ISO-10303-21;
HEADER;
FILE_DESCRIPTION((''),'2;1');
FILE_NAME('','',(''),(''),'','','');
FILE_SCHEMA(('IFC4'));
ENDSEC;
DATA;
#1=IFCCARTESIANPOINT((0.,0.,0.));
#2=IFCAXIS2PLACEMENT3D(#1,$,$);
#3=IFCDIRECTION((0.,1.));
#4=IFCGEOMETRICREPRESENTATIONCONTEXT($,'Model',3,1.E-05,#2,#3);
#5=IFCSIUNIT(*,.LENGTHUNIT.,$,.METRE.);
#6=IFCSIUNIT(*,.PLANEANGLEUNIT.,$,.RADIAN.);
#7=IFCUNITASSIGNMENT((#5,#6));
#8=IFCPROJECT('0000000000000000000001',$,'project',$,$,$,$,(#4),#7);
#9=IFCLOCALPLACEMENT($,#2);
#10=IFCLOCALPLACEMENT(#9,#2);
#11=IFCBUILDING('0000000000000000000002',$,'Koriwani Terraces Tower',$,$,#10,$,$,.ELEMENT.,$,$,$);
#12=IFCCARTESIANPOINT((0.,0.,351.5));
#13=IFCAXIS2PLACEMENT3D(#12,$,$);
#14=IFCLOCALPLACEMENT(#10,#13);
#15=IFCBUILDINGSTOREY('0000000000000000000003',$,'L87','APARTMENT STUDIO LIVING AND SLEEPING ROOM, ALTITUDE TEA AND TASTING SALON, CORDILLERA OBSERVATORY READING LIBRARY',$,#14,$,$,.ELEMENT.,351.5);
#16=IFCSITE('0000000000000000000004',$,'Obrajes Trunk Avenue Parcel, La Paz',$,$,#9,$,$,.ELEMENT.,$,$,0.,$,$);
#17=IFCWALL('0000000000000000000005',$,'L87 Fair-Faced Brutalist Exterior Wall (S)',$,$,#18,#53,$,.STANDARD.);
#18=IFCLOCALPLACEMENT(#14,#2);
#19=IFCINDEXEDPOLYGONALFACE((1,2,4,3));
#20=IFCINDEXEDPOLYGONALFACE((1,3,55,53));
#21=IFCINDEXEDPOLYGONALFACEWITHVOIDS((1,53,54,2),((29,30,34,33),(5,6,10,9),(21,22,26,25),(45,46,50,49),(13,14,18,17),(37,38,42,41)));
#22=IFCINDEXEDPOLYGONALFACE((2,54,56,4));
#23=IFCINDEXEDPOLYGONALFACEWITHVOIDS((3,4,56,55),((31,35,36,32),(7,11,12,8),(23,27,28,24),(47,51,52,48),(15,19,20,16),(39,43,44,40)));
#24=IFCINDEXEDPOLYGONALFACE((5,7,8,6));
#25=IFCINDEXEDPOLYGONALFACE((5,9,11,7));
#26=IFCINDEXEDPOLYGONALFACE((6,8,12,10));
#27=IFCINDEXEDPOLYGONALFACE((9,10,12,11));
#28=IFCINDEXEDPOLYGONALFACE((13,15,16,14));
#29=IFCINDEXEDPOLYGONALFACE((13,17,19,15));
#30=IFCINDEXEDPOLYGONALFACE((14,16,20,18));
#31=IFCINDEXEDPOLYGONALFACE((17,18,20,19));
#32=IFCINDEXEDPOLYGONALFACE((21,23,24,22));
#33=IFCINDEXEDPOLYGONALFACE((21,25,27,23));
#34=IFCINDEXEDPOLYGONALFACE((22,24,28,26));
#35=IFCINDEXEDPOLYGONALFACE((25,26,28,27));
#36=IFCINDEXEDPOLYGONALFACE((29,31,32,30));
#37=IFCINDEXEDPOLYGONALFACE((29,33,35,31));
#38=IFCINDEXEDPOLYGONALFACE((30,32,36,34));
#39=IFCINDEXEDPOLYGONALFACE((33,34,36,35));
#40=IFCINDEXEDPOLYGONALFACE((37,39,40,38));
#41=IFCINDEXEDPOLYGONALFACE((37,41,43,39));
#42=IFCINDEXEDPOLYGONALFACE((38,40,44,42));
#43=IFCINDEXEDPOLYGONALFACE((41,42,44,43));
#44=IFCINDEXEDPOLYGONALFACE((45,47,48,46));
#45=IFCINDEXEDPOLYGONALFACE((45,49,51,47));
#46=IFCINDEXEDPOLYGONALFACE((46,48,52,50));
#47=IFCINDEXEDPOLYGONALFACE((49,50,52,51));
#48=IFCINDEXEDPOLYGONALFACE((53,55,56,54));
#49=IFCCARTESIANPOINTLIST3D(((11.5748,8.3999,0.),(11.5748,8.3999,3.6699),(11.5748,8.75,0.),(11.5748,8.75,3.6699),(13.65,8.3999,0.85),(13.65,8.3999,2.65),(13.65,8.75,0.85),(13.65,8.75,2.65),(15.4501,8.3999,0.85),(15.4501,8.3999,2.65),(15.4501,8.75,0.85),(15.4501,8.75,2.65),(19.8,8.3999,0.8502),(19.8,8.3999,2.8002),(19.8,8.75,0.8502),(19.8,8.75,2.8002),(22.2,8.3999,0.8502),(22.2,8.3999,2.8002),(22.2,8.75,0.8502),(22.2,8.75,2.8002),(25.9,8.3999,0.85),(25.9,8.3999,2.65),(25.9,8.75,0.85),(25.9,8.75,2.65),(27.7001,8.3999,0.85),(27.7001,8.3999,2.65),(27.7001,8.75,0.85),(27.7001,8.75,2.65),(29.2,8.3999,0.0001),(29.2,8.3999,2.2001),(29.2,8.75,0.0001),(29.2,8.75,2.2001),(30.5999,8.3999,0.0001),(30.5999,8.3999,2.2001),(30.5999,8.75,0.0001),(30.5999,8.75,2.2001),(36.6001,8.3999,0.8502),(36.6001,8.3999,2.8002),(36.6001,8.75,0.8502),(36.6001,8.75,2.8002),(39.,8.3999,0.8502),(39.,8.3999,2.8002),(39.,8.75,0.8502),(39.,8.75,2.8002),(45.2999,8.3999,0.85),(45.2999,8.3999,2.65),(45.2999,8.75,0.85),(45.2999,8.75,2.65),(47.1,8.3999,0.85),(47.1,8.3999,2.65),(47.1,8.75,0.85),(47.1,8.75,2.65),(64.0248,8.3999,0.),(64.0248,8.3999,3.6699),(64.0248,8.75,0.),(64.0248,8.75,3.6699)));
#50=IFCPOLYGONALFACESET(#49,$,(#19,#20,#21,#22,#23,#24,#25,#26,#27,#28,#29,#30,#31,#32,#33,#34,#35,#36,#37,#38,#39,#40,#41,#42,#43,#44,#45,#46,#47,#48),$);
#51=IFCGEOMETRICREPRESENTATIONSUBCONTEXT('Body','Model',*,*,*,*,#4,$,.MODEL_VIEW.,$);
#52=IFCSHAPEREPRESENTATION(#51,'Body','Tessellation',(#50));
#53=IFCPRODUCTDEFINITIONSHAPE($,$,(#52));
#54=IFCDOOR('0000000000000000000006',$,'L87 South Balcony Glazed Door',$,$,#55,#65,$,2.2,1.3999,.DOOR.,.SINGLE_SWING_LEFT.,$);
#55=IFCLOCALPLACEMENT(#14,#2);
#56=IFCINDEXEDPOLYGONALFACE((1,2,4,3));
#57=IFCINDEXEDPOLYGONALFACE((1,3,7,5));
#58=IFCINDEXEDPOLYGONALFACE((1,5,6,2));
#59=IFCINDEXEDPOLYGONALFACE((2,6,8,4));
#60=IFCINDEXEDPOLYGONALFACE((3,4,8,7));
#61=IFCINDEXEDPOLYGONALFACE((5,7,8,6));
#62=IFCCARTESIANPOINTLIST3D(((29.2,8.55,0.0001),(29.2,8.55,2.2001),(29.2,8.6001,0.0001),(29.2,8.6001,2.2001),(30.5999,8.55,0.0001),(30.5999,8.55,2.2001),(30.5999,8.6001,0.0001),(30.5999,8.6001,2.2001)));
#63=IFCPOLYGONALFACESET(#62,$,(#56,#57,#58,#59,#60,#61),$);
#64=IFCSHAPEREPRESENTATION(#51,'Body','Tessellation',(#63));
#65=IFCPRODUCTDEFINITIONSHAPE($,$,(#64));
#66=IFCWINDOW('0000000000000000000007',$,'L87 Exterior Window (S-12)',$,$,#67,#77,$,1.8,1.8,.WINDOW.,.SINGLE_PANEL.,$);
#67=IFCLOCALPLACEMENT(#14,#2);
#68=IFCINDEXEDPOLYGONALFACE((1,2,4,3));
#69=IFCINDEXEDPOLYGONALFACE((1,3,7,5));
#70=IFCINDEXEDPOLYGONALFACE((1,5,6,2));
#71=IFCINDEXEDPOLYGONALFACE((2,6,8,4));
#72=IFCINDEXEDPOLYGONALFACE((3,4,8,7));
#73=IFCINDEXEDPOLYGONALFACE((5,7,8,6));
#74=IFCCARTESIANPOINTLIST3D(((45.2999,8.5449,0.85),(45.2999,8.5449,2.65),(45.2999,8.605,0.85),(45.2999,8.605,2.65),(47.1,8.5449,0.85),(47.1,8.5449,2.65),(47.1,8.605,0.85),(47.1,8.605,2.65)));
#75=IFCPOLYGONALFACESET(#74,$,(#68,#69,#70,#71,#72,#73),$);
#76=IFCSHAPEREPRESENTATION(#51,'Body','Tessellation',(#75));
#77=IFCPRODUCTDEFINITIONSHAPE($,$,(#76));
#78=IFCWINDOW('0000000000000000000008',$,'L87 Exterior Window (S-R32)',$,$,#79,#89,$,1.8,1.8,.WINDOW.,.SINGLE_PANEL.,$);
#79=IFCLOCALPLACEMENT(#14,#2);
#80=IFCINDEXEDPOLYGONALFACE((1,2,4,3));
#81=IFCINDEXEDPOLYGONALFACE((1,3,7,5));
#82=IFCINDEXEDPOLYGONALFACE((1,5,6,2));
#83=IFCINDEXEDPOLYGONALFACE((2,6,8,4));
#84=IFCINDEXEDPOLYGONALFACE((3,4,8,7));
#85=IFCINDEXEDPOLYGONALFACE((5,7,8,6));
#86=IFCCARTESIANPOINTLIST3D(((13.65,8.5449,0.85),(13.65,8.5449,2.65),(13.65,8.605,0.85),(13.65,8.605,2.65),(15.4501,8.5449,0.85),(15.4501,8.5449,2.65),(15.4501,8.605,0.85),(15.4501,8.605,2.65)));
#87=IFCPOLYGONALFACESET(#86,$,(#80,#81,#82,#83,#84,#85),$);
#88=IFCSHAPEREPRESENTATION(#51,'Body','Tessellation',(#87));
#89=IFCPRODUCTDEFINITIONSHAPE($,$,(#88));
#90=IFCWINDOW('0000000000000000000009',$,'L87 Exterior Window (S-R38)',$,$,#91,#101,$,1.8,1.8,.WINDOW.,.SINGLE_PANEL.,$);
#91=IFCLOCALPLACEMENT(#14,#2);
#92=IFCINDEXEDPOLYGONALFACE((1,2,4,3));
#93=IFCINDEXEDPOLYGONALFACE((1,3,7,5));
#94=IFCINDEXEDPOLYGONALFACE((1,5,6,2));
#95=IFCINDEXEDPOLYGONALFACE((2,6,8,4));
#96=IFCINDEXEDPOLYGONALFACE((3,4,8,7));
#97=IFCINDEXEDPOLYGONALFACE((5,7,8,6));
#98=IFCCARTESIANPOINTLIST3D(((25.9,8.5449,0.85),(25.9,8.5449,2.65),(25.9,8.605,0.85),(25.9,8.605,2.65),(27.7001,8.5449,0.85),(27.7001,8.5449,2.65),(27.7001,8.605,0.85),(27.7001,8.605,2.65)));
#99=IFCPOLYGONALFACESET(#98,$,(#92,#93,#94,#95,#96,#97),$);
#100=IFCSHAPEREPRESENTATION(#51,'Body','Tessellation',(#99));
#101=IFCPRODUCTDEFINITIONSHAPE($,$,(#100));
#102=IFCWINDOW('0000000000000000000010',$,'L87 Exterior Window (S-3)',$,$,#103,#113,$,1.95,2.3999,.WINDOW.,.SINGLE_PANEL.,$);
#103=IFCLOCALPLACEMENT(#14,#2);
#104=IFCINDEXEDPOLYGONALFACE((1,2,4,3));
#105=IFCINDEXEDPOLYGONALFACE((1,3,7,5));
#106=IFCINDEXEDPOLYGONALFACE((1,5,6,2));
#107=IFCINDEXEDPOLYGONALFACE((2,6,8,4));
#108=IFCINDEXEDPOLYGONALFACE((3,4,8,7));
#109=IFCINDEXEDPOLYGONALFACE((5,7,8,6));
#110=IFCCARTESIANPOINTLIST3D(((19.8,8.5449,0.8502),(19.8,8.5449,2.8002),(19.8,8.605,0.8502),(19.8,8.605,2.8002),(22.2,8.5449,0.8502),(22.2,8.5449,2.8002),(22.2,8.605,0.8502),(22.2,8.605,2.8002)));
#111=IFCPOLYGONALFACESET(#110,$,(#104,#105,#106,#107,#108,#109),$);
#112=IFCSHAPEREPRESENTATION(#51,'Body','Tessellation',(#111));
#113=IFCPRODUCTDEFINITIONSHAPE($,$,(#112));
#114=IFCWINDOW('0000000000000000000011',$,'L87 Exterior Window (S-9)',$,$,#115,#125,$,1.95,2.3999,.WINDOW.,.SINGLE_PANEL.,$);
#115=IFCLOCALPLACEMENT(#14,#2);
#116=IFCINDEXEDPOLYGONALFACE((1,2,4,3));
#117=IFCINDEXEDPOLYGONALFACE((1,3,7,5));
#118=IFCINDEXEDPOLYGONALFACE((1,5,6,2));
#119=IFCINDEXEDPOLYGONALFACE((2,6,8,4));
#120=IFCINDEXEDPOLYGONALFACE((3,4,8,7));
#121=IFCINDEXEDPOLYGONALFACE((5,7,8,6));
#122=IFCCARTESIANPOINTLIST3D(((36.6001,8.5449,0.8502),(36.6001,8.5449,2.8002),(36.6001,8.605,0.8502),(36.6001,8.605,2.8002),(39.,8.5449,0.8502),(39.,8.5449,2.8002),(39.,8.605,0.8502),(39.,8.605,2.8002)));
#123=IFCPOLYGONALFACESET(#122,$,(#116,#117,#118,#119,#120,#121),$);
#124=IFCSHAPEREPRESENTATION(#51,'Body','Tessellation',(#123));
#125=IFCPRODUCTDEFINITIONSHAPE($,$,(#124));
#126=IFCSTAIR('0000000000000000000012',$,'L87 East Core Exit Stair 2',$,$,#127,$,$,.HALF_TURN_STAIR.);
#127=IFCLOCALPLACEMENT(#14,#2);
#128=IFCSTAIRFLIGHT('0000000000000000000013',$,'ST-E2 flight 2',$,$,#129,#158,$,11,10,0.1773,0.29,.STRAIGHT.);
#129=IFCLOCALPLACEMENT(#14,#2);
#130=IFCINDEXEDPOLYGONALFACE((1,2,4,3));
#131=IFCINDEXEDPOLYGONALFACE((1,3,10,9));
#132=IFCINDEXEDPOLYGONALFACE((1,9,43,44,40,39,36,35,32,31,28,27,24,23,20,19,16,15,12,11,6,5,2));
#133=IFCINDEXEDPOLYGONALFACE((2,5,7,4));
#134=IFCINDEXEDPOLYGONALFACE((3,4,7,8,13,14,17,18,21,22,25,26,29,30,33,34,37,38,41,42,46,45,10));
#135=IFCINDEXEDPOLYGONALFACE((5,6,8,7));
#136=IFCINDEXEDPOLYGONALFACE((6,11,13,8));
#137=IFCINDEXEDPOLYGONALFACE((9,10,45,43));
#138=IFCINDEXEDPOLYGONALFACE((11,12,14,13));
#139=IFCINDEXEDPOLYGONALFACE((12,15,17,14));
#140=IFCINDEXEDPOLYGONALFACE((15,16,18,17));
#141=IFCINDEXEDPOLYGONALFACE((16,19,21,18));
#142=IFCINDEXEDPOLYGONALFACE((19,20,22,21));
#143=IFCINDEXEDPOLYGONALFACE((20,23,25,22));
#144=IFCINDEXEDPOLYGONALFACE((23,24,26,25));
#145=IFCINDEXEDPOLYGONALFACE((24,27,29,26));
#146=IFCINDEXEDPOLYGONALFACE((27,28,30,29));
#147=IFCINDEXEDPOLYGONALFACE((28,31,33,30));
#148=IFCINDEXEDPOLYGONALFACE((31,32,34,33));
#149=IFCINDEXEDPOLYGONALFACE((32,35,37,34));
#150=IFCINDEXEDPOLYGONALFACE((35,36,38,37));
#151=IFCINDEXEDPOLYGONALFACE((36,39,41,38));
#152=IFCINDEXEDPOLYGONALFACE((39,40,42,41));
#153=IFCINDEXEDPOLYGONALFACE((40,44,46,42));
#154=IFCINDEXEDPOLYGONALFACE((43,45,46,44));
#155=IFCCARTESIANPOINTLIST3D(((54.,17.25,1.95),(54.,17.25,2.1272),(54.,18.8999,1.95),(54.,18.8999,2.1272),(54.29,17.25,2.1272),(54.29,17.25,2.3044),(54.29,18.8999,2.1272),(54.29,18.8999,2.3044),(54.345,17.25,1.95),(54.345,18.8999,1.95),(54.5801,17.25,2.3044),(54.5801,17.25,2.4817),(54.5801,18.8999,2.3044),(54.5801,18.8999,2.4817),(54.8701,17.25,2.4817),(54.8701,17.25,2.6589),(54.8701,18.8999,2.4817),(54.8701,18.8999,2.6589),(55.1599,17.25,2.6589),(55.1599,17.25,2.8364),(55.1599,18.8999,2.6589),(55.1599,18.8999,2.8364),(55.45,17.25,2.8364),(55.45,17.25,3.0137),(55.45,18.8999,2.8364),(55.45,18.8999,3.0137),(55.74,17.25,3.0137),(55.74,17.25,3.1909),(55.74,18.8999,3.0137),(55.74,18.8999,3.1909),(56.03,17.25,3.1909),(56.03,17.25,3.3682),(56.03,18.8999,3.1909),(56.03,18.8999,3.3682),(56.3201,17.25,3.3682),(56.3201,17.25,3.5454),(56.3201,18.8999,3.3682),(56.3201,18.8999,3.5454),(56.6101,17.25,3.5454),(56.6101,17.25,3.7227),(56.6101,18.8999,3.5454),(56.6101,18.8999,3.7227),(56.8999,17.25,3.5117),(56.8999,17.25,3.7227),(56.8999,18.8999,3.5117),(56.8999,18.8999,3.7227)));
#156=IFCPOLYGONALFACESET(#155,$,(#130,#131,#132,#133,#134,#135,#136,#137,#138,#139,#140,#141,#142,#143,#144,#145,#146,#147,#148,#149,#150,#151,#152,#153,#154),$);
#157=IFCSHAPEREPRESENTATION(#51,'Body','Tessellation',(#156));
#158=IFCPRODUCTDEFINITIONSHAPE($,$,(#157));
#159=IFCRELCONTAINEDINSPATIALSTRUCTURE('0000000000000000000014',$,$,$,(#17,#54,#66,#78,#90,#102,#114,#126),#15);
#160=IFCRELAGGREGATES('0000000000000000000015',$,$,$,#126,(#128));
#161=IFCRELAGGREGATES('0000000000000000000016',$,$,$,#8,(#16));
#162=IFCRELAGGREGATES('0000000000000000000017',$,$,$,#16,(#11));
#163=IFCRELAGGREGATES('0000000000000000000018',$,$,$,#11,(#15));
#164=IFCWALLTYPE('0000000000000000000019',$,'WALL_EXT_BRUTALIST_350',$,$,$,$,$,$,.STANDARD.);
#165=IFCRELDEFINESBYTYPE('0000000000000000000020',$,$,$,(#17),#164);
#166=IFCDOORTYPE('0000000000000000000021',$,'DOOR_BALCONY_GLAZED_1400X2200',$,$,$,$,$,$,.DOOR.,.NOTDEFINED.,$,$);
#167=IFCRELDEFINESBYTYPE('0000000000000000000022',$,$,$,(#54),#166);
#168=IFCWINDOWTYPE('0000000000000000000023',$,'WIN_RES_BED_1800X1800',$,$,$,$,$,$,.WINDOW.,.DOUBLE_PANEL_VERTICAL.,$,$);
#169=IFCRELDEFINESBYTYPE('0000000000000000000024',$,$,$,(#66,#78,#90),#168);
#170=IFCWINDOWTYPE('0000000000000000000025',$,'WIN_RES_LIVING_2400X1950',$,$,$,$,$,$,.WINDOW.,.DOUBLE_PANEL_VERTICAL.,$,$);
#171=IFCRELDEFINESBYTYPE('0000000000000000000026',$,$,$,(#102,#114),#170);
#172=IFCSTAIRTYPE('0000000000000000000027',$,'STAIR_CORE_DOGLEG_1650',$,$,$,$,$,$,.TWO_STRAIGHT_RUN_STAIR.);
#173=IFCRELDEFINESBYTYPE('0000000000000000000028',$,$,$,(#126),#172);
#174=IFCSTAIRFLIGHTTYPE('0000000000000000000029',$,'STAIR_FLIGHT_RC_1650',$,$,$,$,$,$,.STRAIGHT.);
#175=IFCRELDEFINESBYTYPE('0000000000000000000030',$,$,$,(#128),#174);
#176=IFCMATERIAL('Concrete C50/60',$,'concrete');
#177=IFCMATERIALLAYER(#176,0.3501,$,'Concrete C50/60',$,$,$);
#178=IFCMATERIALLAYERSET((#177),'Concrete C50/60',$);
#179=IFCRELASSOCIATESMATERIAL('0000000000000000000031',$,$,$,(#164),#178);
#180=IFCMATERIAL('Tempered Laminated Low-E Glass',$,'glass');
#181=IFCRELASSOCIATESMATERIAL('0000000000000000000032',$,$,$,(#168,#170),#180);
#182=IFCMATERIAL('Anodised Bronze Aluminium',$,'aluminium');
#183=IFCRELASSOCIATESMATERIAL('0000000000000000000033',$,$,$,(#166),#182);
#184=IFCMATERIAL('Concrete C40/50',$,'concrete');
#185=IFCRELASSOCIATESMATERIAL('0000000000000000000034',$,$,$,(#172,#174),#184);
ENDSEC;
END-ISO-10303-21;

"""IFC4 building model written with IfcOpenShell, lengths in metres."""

from ifc_helpers import new_model, si_unit, direction, frame, frame_2d, origin, place, context, subcontext, project, spatial, polyline, rectangle, outline, extrude, material, layer, layer_set, type_object, element, fill, aggregate, save


model = new_model("IFC4")

# Units and contexts
model_context = context("Model", 3, precision=1e-05, world=origin(), true_north=direction((0.0, 1.0)))
body_context = subcontext(model_context, "Body", "Model", "MODEL_VIEW")
ifc_project = project(units=[si_unit("LENGTHUNIT", "METRE"), si_unit("PLANEANGLEUNIT", "RADIAN")], contexts=[model_context])

# Site, building, storey
site_placement = place(None, origin())
site = spatial("IfcSite", under=ifc_project, at=site_placement, Name="Obrajes Trunk Avenue Parcel, La Paz", CompositionType="ELEMENT", RefElevation=0.0)
building_placement = place(site_placement, origin())
building = spatial("IfcBuilding", under=site, at=building_placement, Name="Koriwani Terraces Tower", CompositionType="ELEMENT")
storey_placement = place(building_placement, frame((0.0, 0.0, 351.5)))
storey = spatial("IfcBuildingStorey", under=building, at=storey_placement, Name="L87", Description="APARTMENT STUDIO LIVING AND SLEEPING ROOM, ALTITUDE TEA AND TASTING SALON, CORDILLERA OBSERVATORY READING LIBRARY", CompositionType="ELEMENT", Elevation=351.5)

# Shared definitions
ifc_material_1 = material(Name="Concrete C50/60", Category="concrete")

# Shared definitions
ifc_material_2 = material(Name="Concrete C40/50", Category="concrete")

# Shared definitions
ifc_layer_1 = layer(ifc_material_1, 0.3501, Name="Concrete C50/60")
ifc_layer_set_1 = layer_set([ifc_layer_1], Name="Concrete C50/60")
wall_type_1 = type_object("IfcWallType", Name="WALL_EXT_BRUTALIST_350", PredefinedType="STANDARD", material=ifc_layer_set_1)
ifc_material_3 = material(Name="Tempered Laminated Low-E Glass", Category="glass")
window_type_1 = type_object("IfcWindowType", Name="WIN_RES_BED_1800X1800", PartitioningType="DOUBLE_PANEL_VERTICAL", PredefinedType="WINDOW", material=ifc_material_3)

# Wall, openings, door, windows
wall_1_placement = place(storey_placement, frame((64.0249, 8.575, 0.0), z_axis=(0.0, 0.0, 1.0), x_axis=(-1.0, 0.0, 0.0)))
wall_1 = element("IfcWall", 1, at=wall_1_placement, inside=storey, type_object=wall_type_1, Name="L87 Fair-Faced Brutalist Exterior Wall (S)", PredefinedType="STANDARD", context=body_context, shape_type="SweptSolid", body=[
    extrude(rectangle(XDim=52.45, YDim=0.3501, at=frame_2d((26.2251, 0.0))), origin(), (0.0, 0.0, 1.0), 3.6699),
])
opening_1_placement = place(wall_1_placement, frame((33.425, 0.0, 0.0)))
opening_1 = element("IfcOpeningElement", 2, at=opening_1_placement, cuts=wall_1, PredefinedType="OPENING", context=body_context, shape_type="SweptSolid", body=[
    extrude(rectangle(XDim=1.3999, YDim=2.2, at=frame_2d((0.7, 1.1001))), frame((0.0, 0.1851, 0.0), z_axis=(0.0, -1.0, 0.0), x_axis=(1.0, 0.0, 0.0)), (0.0, 0.0, 1.0), 0.3701),
])
opening_2_placement = place(wall_1_placement, frame((41.825, 0.0, 0.8501)))
opening_2 = element("IfcOpeningElement", 3, at=opening_2_placement, cuts=wall_1, PredefinedType="OPENING", context=body_context, shape_type="SweptSolid", body=[
    extrude(rectangle(XDim=2.3999, YDim=1.95, at=frame_2d((1.2, 0.9751))), frame((0.0, 0.1851, 0.0), z_axis=(0.0, -1.0, 0.0), x_axis=(1.0, 0.0, 0.0)), (0.0, 0.0, 1.0), 0.3701),
])
opening_3_placement = place(wall_1_placement, frame((25.0249, 0.0, 0.8501)))
opening_3 = element("IfcOpeningElement", 4, at=opening_3_placement, cuts=wall_1, PredefinedType="OPENING", context=body_context, shape_type="SweptSolid", body=[
    extrude(rectangle(XDim=2.3999, YDim=1.95, at=frame_2d((1.2, 0.9751))), frame((0.0, 0.1851, 0.0), z_axis=(0.0, -1.0, 0.0), x_axis=(1.0, 0.0, 0.0)), (0.0, 0.0, 1.0), 0.3701),
])
opening_4_placement = place(wall_1_placement, frame((16.925, 0.0, 0.8501)))
opening_4 = element("IfcOpeningElement", 5, at=opening_4_placement, cuts=wall_1, PredefinedType="OPENING", context=body_context, shape_type="SweptSolid", body=[
    extrude(rectangle(XDim=1.8, YDim=1.8, at=frame_2d((0.8999, 0.8999))), frame((0.0, 0.1851, 0.0), z_axis=(0.0, -1.0, 0.0), x_axis=(1.0, 0.0, 0.0)), (0.0, 0.0, 1.0), 0.3701),
])
opening_5_placement = place(wall_1_placement, frame((48.575, 0.0, 0.8501)))
opening_5 = element("IfcOpeningElement", 6, at=opening_5_placement, cuts=wall_1, PredefinedType="OPENING", context=body_context, shape_type="SweptSolid", body=[
    extrude(rectangle(XDim=1.8, YDim=1.8, at=frame_2d((0.8999, 0.8999))), frame((0.0, 0.1851, 0.0), z_axis=(0.0, -1.0, 0.0), x_axis=(1.0, 0.0, 0.0)), (0.0, 0.0, 1.0), 0.3701),
])
opening_6_placement = place(wall_1_placement, frame((36.325, 0.0, 0.8501)))
opening_6 = element("IfcOpeningElement", 7, at=opening_6_placement, cuts=wall_1, PredefinedType="OPENING", context=body_context, shape_type="SweptSolid", body=[
    extrude(rectangle(XDim=1.8, YDim=1.8, at=frame_2d((0.8999, 0.8999))), frame((0.0, 0.1851, 0.0), z_axis=(0.0, -1.0, 0.0), x_axis=(1.0, 0.0, 0.0)), (0.0, 0.0, 1.0), 0.3701),
])
ifc_material_4 = material(Name="Anodised Bronze Aluminium", Category="aluminium")
door_type_1 = type_object("IfcDoorType", Name="DOOR_BALCONY_GLAZED_1400X2200", OperationType="NOTDEFINED", PredefinedType="DOOR", material=ifc_material_4)
door_1_placement = place(opening_1_placement, origin())
door_1 = element("IfcDoor", 8, at=door_1_placement, inside=storey, type_object=door_type_1, Name="L87 South Balcony Glazed Door", OperationType="SINGLE_SWING_LEFT", OverallHeight=2.2, OverallWidth=1.3999, PredefinedType="DOOR", context=body_context, shape_type="SweptSolid", body=[
    extrude(rectangle(XDim=1.3999, YDim=2.2, at=frame_2d((0.7, 1.1001))), frame((0.0, 0.0249, 0.0), z_axis=(0.0, -1.0, 0.0), x_axis=(1.0, 0.0, 0.0)), (0.0, 0.0, 1.0), 0.05),
])
fill(opening_1, door_1)
window_1_placement = place(opening_4_placement, origin())
window_1 = element("IfcWindow", 9, at=window_1_placement, inside=storey, type_object=window_type_1, Name="L87 Exterior Window (S-12)", OverallHeight=1.8, OverallWidth=1.8, PartitioningType="SINGLE_PANEL", PredefinedType="WINDOW", context=body_context, shape_type="SweptSolid", body=[
    extrude(rectangle(XDim=1.8, YDim=1.8, at=frame_2d((0.8999, 0.8999))), frame((0.0, 0.03, 0.0), z_axis=(0.0, -1.0, 0.0), x_axis=(1.0, 0.0, 0.0)), (0.0, 0.0, 1.0), 0.0601),
])
fill(opening_4, window_1)
window_2_placement = place(opening_5_placement, origin())
window_2 = element("IfcWindow", 10, at=window_2_placement, inside=storey, type_object=window_type_1, Name="L87 Exterior Window (S-R32)", OverallHeight=1.8, OverallWidth=1.8, PartitioningType="SINGLE_PANEL", PredefinedType="WINDOW", context=body_context, shape_type="SweptSolid", body=[
    extrude(rectangle(XDim=1.8, YDim=1.8, at=frame_2d((0.8999, 0.8999))), frame((0.0, 0.03, 0.0), z_axis=(0.0, -1.0, 0.0), x_axis=(1.0, 0.0, 0.0)), (0.0, 0.0, 1.0), 0.0601),
])
fill(opening_5, window_2)
window_3_placement = place(opening_6_placement, origin())
window_3 = element("IfcWindow", 11, at=window_3_placement, inside=storey, type_object=window_type_1, Name="L87 Exterior Window (S-R38)", OverallHeight=1.8, OverallWidth=1.8, PartitioningType="SINGLE_PANEL", PredefinedType="WINDOW", context=body_context, shape_type="SweptSolid", body=[
    extrude(rectangle(XDim=1.8, YDim=1.8, at=frame_2d((0.8999, 0.8999))), frame((0.0, 0.03, 0.0), z_axis=(0.0, -1.0, 0.0), x_axis=(1.0, 0.0, 0.0)), (0.0, 0.0, 1.0), 0.0601),
])
fill(opening_6, window_3)
window_type_2 = type_object("IfcWindowType", Name="WIN_RES_LIVING_2400X1950", PartitioningType="DOUBLE_PANEL_VERTICAL", PredefinedType="WINDOW", material=ifc_material_3)
window_4_placement = place(opening_2_placement, origin())
window_4 = element("IfcWindow", 12, at=window_4_placement, inside=storey, type_object=window_type_2, Name="L87 Exterior Window (S-3)", OverallHeight=1.95, OverallWidth=2.3999, PartitioningType="SINGLE_PANEL", PredefinedType="WINDOW", context=body_context, shape_type="SweptSolid", body=[
    extrude(rectangle(XDim=2.3999, YDim=1.95, at=frame_2d((1.2, 0.9751))), frame((0.0, 0.03, 0.0), z_axis=(0.0, -1.0, 0.0), x_axis=(1.0, 0.0, 0.0)), (0.0, 0.0, 1.0), 0.0601),
])
fill(opening_2, window_4)
window_5_placement = place(opening_3_placement, origin())
window_5 = element("IfcWindow", 13, at=window_5_placement, inside=storey, type_object=window_type_2, Name="L87 Exterior Window (S-9)", OverallHeight=1.95, OverallWidth=2.3999, PartitioningType="SINGLE_PANEL", PredefinedType="WINDOW", context=body_context, shape_type="SweptSolid", body=[
    extrude(rectangle(XDim=2.3999, YDim=1.95, at=frame_2d((1.2, 0.9751))), frame((0.0, 0.03, 0.0), z_axis=(0.0, -1.0, 0.0), x_axis=(1.0, 0.0, 0.0)), (0.0, 0.0, 1.0), 0.0601),
])
fill(opening_3, window_5)

# Stair, stair flight
stair_type = type_object("IfcStairType", Name="STAIR_CORE_DOGLEG_1650", PredefinedType="TWO_STRAIGHT_RUN_STAIR", material=ifc_material_2)
stair_placement = place(storey_placement, origin())
stair = element("IfcStair", 14, at=stair_placement, inside=storey, type_object=stair_type, Name="L87 East Core Exit Stair 2", PredefinedType="HALF_TURN_STAIR")
stair_flight_type = type_object("IfcStairFlightType", Name="STAIR_FLIGHT_RC_1650", PredefinedType="STRAIGHT", material=ifc_material_2)
stair_flight_placement = place(storey_placement, frame((54.0, 18.075, 1.95), z_axis=(0.0, 0.0, 1.0), x_axis=(1.0, 0.0, 0.0)))
stair_flight = element("IfcStairFlight", 15, at=stair_flight_placement, type_object=stair_flight_type, Name="ST-E2 flight 2", NumberOfRisers=11, NumberOfTreads=10, PredefinedType="STRAIGHT", RiserHeight=0.1773, TreadLength=0.29, context=body_context, shape_type="SweptSolid", body=[
    extrude(outline(polyline([(0.0, 0.0), (0.0, 0.1772), (0.29, 0.1772), (0.29, 0.3545), (0.5801, 0.3545), (0.5801, 0.5317), (0.8701, 0.5317), (0.8701, 0.709), (1.1599, 0.709), (1.1599, 0.8865), (1.45, 0.8865), (1.45, 1.0637), (1.74, 1.0637), (1.74, 1.241), (2.03, 1.241), (2.03, 1.4182), (2.3201, 1.4182), (2.3201, 1.5955), (2.6101, 1.5955), (2.6101, 1.7727), (2.8999, 1.7727), (2.8999, 1.95), (2.8999, 1.5618), (0.345, 0.0), (0.0, 0.0)])), frame((0.0, 0.825, 0.0), z_axis=(0.0, -1.0, 0.0), x_axis=(1.0, 0.0, 0.0)), (0.0, 0.0, 1.0), 1.6499),
])
aggregate(stair, [stair_flight])

save(model, "model.ifc")
